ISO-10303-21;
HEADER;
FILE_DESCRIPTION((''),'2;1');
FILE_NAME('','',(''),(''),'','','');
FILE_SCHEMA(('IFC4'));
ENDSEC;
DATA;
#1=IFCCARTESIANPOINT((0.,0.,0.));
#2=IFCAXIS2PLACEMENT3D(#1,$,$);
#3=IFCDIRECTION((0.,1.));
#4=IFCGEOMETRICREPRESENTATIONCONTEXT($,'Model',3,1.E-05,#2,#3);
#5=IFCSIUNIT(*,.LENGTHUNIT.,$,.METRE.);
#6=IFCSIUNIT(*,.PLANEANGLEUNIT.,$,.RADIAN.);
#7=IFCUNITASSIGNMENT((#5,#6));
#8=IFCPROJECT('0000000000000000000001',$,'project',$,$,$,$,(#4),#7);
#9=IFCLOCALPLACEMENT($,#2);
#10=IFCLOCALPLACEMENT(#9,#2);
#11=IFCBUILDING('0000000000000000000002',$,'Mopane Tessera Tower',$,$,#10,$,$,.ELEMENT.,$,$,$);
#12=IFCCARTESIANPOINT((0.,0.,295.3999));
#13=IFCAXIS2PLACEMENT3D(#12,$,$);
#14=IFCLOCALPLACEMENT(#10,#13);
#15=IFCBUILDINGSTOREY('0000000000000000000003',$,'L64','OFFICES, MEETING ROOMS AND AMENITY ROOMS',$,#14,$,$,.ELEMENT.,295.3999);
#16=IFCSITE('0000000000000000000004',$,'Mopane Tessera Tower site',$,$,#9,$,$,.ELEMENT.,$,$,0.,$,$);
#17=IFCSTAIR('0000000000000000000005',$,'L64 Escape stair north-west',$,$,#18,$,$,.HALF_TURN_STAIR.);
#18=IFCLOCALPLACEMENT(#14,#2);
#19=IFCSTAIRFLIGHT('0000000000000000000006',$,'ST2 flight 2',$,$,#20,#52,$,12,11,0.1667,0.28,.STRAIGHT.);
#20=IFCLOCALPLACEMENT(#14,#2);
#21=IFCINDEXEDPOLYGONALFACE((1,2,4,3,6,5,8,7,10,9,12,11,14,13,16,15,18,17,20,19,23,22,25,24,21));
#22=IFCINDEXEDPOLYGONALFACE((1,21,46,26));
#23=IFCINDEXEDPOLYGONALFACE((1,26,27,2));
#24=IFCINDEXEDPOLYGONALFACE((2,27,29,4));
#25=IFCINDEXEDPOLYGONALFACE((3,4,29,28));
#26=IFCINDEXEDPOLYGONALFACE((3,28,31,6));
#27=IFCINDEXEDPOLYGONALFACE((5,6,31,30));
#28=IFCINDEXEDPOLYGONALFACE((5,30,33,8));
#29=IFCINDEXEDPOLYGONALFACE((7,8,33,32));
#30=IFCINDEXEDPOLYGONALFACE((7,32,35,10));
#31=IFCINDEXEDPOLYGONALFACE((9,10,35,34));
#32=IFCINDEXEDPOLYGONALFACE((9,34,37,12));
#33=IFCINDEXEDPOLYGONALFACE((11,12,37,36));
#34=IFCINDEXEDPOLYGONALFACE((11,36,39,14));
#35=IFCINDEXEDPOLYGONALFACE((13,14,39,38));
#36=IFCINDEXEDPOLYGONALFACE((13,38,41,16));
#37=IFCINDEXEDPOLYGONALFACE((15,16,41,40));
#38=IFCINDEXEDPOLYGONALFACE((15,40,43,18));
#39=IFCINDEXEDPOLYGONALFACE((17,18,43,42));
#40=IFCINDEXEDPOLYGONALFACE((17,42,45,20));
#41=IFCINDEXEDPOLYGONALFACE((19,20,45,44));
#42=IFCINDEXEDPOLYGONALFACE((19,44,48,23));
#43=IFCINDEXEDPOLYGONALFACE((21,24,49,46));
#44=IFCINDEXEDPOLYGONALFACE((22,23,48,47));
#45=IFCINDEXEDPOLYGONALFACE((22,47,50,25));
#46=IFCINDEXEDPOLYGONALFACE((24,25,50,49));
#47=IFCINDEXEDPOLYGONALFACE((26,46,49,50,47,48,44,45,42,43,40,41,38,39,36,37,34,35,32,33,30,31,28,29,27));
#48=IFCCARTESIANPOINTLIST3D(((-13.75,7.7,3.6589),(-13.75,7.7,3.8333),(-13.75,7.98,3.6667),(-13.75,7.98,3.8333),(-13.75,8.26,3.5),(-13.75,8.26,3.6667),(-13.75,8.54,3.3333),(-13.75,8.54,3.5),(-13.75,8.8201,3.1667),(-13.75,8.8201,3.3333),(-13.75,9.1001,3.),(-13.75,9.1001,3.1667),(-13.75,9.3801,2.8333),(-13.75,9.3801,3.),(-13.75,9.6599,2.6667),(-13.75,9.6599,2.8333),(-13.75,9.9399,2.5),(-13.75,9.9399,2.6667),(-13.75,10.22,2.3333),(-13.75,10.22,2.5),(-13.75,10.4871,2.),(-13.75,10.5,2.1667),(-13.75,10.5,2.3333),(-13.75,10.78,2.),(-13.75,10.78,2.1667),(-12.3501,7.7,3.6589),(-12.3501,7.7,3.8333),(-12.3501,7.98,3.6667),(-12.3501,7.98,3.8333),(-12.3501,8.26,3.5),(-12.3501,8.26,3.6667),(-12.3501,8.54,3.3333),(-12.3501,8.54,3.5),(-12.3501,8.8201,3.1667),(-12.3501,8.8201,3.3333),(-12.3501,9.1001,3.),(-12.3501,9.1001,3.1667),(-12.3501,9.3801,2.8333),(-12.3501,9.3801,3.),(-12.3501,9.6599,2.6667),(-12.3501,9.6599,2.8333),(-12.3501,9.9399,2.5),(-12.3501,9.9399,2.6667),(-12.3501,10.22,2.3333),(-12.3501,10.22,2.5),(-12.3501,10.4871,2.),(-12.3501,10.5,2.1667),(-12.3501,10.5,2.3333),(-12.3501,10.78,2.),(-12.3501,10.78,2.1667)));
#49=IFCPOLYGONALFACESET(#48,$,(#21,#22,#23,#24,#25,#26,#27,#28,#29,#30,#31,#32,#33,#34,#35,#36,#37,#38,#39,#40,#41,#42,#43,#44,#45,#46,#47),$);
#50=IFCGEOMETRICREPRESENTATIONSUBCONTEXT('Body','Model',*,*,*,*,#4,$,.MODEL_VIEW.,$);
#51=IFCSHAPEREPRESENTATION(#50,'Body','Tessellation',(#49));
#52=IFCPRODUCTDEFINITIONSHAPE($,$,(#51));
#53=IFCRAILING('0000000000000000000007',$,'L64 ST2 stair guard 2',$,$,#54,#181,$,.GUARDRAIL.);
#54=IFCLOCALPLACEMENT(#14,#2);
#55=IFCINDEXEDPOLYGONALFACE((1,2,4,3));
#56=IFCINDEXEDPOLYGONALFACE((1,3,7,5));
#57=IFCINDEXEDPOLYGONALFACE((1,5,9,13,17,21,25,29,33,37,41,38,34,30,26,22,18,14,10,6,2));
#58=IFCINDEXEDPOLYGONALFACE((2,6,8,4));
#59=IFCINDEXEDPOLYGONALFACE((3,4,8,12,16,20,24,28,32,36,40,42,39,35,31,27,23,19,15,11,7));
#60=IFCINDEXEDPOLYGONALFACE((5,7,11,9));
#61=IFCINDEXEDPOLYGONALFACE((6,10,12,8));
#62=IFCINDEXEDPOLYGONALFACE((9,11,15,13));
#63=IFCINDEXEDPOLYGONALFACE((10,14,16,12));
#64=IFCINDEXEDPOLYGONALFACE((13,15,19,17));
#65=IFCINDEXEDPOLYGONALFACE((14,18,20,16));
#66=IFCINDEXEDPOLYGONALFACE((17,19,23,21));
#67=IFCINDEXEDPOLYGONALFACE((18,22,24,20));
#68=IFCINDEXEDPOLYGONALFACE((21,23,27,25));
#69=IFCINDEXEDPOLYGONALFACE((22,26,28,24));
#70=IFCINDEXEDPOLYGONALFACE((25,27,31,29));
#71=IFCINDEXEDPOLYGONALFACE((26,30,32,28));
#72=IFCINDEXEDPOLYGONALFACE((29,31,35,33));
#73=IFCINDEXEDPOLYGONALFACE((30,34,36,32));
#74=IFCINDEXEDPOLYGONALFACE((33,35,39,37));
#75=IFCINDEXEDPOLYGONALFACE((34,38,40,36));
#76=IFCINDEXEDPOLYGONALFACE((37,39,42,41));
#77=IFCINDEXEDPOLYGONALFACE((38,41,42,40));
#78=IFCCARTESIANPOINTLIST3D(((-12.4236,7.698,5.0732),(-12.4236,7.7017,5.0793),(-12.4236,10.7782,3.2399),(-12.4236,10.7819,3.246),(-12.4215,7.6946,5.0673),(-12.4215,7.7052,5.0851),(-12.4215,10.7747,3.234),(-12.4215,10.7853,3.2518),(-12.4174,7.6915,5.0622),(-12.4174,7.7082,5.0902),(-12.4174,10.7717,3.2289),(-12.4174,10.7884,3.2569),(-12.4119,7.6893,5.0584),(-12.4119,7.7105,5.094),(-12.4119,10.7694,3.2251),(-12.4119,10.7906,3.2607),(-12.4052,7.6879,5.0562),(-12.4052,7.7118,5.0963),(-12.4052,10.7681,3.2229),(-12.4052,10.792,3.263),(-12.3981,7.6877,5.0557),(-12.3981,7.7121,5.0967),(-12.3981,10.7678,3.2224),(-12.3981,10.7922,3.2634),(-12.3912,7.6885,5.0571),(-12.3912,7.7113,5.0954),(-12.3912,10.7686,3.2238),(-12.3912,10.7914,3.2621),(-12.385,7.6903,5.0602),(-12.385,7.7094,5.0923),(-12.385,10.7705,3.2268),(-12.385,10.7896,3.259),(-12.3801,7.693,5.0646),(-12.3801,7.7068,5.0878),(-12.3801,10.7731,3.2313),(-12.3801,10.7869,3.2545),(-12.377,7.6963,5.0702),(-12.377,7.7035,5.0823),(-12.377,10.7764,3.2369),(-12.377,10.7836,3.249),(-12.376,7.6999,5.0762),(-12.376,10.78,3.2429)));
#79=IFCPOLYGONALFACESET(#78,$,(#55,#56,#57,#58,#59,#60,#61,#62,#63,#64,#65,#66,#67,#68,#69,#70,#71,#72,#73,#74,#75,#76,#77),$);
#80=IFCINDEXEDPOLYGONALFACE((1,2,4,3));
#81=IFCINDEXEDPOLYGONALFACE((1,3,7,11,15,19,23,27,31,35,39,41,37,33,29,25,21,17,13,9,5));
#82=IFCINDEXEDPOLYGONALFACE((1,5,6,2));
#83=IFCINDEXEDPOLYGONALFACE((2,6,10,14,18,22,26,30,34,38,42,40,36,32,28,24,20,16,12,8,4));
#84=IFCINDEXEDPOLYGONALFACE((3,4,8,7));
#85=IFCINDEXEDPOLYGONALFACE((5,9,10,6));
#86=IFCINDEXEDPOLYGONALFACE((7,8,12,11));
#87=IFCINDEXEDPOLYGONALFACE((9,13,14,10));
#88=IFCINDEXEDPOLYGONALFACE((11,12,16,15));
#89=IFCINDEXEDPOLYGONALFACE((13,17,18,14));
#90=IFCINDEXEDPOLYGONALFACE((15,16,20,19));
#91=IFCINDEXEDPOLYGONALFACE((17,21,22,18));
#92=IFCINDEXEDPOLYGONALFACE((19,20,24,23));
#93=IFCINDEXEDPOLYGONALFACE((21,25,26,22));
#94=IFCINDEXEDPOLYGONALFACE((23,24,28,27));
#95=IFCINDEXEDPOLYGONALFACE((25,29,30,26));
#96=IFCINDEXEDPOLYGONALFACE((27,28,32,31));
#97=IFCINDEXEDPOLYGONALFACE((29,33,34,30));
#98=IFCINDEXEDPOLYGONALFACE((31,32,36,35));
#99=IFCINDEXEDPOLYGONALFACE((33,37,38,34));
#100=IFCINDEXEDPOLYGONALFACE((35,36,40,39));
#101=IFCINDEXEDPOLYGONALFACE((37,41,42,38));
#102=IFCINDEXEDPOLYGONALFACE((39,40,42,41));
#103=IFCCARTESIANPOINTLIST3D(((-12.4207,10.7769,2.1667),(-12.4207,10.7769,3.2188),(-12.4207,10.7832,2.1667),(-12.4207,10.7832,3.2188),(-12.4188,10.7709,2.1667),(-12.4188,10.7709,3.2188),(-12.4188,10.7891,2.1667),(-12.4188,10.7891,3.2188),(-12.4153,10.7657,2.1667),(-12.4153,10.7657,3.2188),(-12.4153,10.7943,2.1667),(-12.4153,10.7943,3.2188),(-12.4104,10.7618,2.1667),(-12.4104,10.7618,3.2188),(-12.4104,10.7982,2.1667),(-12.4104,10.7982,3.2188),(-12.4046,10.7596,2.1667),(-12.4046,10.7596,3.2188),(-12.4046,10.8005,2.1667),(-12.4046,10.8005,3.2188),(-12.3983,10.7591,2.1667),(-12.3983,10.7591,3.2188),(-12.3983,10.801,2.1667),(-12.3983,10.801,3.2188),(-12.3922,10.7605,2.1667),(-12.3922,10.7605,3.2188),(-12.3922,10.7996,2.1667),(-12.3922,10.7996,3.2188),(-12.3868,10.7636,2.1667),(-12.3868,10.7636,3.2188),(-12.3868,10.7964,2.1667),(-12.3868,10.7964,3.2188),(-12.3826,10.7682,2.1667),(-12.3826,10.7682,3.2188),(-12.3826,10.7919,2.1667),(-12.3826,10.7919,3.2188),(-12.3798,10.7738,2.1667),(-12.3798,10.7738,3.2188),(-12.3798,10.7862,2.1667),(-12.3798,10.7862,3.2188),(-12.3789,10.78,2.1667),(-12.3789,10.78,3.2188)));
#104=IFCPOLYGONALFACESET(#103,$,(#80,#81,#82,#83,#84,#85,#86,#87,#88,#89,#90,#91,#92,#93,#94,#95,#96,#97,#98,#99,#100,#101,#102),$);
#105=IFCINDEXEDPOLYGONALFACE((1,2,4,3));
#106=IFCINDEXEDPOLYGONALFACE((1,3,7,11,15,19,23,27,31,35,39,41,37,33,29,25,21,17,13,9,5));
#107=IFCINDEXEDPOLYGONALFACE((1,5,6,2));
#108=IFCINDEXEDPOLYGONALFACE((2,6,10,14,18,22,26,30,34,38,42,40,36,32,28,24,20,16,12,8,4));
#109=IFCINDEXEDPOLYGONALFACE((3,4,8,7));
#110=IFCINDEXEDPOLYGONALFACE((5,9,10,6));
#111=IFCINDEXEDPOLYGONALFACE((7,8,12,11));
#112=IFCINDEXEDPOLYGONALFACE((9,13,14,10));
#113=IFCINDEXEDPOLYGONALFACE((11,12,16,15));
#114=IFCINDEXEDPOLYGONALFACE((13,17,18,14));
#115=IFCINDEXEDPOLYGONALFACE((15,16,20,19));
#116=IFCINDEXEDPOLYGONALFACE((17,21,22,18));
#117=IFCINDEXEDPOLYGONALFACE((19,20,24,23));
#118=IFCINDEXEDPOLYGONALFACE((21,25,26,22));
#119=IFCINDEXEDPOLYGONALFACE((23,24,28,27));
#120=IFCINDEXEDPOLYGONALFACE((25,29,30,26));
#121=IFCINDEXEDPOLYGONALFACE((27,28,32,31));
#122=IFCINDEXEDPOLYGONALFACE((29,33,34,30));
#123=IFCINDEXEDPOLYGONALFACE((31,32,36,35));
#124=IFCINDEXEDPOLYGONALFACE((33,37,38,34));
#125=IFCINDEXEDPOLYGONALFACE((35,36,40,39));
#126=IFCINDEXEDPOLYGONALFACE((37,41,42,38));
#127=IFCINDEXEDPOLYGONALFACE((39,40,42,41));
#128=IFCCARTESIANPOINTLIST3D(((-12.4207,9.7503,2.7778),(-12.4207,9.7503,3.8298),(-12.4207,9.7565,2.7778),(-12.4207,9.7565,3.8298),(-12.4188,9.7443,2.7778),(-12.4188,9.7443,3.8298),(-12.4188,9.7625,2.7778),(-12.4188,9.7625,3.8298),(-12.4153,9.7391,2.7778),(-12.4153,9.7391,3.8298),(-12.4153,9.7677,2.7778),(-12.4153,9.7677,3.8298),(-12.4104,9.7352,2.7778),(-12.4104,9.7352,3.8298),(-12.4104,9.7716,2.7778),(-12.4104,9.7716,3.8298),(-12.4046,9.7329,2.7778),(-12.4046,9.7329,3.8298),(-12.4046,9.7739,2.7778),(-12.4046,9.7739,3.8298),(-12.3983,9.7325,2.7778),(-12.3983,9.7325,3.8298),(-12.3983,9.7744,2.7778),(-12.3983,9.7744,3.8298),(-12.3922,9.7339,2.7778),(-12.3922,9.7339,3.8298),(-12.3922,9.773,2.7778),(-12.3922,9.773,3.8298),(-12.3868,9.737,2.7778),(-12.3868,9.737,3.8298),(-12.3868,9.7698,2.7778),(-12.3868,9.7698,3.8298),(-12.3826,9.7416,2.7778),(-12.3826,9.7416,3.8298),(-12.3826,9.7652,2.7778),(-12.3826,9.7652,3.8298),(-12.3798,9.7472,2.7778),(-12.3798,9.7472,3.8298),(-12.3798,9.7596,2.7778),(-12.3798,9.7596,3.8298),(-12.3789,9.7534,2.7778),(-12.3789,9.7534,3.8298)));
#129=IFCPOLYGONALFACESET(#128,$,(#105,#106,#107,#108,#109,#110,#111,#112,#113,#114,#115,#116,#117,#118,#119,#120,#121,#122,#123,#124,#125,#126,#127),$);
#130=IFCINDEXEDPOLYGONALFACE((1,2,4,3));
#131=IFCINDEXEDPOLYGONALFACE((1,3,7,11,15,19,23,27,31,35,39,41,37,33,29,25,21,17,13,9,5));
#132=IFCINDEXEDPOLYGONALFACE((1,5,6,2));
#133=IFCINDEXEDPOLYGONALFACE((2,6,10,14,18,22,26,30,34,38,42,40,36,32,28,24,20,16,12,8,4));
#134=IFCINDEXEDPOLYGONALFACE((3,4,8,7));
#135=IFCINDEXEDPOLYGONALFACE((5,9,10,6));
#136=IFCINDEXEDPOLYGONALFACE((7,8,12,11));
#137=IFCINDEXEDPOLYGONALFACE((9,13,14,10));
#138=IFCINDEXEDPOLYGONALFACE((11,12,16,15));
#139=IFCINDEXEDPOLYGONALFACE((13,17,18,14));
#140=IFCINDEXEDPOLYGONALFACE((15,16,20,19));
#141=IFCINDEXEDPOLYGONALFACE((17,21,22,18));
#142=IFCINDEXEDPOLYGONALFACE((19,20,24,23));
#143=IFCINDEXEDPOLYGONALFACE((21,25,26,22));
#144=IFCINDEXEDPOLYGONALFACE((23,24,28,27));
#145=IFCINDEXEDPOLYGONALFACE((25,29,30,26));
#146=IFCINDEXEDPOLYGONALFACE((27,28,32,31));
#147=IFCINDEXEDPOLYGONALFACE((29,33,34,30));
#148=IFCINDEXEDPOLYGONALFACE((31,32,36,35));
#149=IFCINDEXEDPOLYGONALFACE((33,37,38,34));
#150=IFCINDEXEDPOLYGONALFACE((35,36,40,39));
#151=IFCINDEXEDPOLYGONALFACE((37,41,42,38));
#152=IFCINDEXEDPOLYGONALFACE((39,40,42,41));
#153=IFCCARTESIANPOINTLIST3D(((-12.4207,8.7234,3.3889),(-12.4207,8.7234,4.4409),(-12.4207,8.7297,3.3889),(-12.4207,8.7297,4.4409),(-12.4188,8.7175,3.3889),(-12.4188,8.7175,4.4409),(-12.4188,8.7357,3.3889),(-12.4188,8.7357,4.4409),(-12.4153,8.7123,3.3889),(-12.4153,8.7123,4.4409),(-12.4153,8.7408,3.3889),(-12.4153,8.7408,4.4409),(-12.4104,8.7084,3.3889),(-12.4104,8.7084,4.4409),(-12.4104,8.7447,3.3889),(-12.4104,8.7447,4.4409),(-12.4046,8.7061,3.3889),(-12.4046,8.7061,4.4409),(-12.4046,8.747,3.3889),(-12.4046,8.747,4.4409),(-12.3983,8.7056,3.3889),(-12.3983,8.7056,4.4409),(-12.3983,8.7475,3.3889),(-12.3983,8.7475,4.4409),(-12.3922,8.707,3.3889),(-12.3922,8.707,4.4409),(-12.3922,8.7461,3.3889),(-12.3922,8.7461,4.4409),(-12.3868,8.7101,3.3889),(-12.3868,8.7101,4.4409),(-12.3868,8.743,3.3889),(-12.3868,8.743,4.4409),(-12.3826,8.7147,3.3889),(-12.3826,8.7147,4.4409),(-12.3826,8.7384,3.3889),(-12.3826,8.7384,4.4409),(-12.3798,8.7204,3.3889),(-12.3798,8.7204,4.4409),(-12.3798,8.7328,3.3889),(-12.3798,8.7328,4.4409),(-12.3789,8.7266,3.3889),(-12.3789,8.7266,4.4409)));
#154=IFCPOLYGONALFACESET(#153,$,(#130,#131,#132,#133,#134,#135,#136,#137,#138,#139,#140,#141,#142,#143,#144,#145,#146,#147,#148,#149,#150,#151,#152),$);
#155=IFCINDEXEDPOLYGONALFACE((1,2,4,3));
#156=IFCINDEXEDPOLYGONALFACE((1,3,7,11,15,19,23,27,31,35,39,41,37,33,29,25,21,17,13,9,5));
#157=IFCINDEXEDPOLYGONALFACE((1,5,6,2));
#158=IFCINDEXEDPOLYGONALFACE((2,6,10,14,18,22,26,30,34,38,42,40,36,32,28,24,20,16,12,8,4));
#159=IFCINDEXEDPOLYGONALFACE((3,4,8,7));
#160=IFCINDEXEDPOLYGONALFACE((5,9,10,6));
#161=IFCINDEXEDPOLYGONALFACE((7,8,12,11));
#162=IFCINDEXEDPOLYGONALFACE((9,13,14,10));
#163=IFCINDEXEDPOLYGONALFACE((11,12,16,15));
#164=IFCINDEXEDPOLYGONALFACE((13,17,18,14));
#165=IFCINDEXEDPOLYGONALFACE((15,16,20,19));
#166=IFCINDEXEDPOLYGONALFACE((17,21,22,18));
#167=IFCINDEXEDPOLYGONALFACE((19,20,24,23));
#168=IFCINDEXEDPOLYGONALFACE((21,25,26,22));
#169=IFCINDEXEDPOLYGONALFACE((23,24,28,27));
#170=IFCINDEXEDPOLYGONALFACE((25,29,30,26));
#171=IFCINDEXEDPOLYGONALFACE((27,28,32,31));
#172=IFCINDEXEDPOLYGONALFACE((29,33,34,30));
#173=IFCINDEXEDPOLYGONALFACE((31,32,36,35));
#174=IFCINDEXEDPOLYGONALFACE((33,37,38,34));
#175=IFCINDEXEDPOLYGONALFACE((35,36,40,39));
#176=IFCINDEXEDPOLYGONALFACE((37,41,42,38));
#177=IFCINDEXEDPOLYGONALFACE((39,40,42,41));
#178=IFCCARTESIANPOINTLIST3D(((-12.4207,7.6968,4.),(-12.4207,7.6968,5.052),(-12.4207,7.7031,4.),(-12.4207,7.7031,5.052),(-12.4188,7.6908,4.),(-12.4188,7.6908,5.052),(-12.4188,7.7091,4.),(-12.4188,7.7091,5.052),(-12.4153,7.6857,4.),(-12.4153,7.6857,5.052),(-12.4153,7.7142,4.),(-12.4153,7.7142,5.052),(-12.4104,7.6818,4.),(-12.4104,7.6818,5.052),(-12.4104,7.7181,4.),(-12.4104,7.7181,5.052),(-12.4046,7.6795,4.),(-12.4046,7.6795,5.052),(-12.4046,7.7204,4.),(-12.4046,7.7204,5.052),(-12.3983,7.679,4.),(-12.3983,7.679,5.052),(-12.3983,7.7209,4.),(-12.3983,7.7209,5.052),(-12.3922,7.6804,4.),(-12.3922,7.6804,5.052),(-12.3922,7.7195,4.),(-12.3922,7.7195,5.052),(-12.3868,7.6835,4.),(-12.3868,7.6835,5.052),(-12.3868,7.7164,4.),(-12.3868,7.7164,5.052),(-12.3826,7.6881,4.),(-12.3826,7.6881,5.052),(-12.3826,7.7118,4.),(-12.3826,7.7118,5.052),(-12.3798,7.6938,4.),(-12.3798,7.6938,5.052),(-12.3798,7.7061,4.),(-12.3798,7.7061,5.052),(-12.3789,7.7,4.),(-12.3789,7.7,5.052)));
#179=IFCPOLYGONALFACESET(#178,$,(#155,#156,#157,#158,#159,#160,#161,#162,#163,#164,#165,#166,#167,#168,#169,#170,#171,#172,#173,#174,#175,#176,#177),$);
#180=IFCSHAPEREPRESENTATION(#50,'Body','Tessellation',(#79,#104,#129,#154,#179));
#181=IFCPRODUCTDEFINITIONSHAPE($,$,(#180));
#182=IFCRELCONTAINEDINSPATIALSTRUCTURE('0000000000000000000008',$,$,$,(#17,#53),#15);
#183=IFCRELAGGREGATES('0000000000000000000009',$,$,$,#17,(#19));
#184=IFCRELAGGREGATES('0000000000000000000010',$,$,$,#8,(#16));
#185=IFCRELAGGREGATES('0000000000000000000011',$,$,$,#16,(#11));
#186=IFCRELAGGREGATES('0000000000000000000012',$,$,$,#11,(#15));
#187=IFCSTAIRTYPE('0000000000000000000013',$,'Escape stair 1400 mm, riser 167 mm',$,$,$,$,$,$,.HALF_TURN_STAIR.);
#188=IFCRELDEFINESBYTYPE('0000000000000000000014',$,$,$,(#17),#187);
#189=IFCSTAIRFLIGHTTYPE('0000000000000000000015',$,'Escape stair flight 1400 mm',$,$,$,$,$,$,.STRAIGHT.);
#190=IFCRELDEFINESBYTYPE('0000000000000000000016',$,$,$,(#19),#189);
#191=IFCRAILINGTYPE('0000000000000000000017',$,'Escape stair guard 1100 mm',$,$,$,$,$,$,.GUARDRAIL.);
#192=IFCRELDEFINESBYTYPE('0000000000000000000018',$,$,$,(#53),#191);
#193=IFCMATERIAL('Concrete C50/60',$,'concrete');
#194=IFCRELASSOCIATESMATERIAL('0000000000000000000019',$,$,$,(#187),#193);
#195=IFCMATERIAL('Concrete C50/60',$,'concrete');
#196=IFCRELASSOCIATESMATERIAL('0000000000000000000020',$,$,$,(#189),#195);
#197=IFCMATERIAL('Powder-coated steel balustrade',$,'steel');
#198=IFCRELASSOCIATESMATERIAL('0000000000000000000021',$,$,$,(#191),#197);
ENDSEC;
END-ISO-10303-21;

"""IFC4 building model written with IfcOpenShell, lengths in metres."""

from ifc_helpers import new_model, si_unit, direction, frame, origin, origin_2d, place, context, subcontext, project, spatial, polyline, circle, outline, extrude, material, type_object, element, aggregate, save


model = new_model("IFC4")

# Units and contexts
model_context = context("Model", 3, precision=1e-05, world=origin(), true_north=direction((0.0, 1.0)))
body_context = subcontext(model_context, "Body", "Model", "MODEL_VIEW")
ifc_project = project(units=[si_unit("LENGTHUNIT", "METRE"), si_unit("PLANEANGLEUNIT", "RADIAN")], contexts=[model_context])

# Site, building, storey
site_placement = place(None, origin())
site = spatial("IfcSite", under=ifc_project, at=site_placement, Name="Mopane Tessera Tower site", CompositionType="ELEMENT", RefElevation=0.0)
building_placement = place(site_placement, origin())
building = spatial("IfcBuilding", under=site, at=building_placement, Name="Mopane Tessera Tower", CompositionType="ELEMENT")
storey_placement = place(building_placement, frame((0.0, 0.0, 295.3999)))
storey = spatial("IfcBuildingStorey", under=building, at=storey_placement, Name="L64", Description="OFFICES, MEETING ROOMS AND AMENITY ROOMS", CompositionType="ELEMENT", Elevation=295.3999)

# Stair, stair flight
ifc_material_1 = material(Name="Concrete C50/60", Category="concrete")
stair_type = type_object("IfcStairType", Name="Escape stair 1400 mm, riser 167 mm", PredefinedType="HALF_TURN_STAIR", material=ifc_material_1)
stair_placement = place(storey_placement, origin())
stair = element("IfcStair", 1, at=stair_placement, inside=storey, type_object=stair_type, Name="L64 Escape stair north-west", PredefinedType="HALF_TURN_STAIR")
ifc_material_2 = material(Name="Concrete C50/60", Category="concrete")
stair_flight_type = type_object("IfcStairFlightType", Name="Escape stair flight 1400 mm", PredefinedType="STRAIGHT", material=ifc_material_2)
stair_flight_placement = place(storey_placement, frame((-13.05, 10.78, 2.0), z_axis=(0.0, 0.0, 1.0), x_axis=(0.0, -1.0, 0.0)))
stair_flight = element("IfcStairFlight", 2, at=stair_flight_placement, type_object=stair_flight_type, Name="ST2 flight 2", NumberOfRisers=12, NumberOfTreads=11, PredefinedType="STRAIGHT", RiserHeight=0.1667, TreadLength=0.28, context=body_context, shape_type="SweptSolid", body=[
    extrude(outline(polyline([(0.0, 0.0), (0.0, 0.1667), (0.28, 0.1667), (0.28, 0.3333), (0.5601, 0.3333), (0.5601, 0.5), (0.8401, 0.5), (0.8401, 0.6667), (1.1201, 0.6667), (1.1201, 0.8333), (1.3999, 0.8333), (1.3999, 1.0), (1.6799, 1.0), (1.6799, 1.1667), (1.96, 1.1667), (1.96, 1.3333), (2.24, 1.3333), (2.24, 1.5), (2.52, 1.5), (2.52, 1.6667), (2.8, 1.6667), (2.8, 1.8333), (3.0801, 1.8333), (3.0801, 2.0), (3.0801, 1.6589), (0.293, 0.0), (0.0, 0.0)])), frame((0.0, 0.7, 0.0), z_axis=(0.0, -1.0, 0.0), x_axis=(1.0, 0.0, 0.0)), (0.0, 0.0, 1.0), 1.3999),
])
aggregate(stair, [stair_flight])

# Railing
ifc_material_3 = material(Name="Powder-coated steel balustrade", Category="steel")
railing_type_1 = type_object("IfcRailingType", Name="Escape stair guard 1100 mm", PredefinedType="GUARDRAIL", material=ifc_material_3)
railing_1_placement = place(storey_placement, frame((-12.3999, 10.78, 2.1667)))
element("IfcRailing", 3, at=railing_1_placement, inside=storey, type_object=railing_type_1, Name="L64 ST2 stair guard 2", PredefinedType="GUARDRAIL", context=body_context, shape_type="SweptSolid", body=[
    extrude(circle(Radius=0.0239, at=origin_2d()), frame((0.0, 0.0, 1.0762), z_axis=(0.0, -0.859309, 0.511458), x_axis=(1.0, 0.0, 0.0)), (0.0, 0.0, 1.0), 3.5845),
    extrude(circle(Radius=0.021, at=origin_2d()), origin(), (0.0, 0.0, 1.0), 1.052),
    extrude(circle(Radius=0.021, at=origin_2d()), frame((0.0, -1.0266, 0.6111)), (0.0, 0.0, 1.0), 1.052),
    extrude(circle(Radius=0.021, at=origin_2d()), frame((0.0, -2.0535, 1.2222)), (0.0, 0.0, 1.0), 1.052),
    extrude(circle(Radius=0.021, at=origin_2d()), frame((0.0, -3.0801, 1.8333)), (0.0, 0.0, 1.0), 1.052),
])

save(model, "model.ifc")
